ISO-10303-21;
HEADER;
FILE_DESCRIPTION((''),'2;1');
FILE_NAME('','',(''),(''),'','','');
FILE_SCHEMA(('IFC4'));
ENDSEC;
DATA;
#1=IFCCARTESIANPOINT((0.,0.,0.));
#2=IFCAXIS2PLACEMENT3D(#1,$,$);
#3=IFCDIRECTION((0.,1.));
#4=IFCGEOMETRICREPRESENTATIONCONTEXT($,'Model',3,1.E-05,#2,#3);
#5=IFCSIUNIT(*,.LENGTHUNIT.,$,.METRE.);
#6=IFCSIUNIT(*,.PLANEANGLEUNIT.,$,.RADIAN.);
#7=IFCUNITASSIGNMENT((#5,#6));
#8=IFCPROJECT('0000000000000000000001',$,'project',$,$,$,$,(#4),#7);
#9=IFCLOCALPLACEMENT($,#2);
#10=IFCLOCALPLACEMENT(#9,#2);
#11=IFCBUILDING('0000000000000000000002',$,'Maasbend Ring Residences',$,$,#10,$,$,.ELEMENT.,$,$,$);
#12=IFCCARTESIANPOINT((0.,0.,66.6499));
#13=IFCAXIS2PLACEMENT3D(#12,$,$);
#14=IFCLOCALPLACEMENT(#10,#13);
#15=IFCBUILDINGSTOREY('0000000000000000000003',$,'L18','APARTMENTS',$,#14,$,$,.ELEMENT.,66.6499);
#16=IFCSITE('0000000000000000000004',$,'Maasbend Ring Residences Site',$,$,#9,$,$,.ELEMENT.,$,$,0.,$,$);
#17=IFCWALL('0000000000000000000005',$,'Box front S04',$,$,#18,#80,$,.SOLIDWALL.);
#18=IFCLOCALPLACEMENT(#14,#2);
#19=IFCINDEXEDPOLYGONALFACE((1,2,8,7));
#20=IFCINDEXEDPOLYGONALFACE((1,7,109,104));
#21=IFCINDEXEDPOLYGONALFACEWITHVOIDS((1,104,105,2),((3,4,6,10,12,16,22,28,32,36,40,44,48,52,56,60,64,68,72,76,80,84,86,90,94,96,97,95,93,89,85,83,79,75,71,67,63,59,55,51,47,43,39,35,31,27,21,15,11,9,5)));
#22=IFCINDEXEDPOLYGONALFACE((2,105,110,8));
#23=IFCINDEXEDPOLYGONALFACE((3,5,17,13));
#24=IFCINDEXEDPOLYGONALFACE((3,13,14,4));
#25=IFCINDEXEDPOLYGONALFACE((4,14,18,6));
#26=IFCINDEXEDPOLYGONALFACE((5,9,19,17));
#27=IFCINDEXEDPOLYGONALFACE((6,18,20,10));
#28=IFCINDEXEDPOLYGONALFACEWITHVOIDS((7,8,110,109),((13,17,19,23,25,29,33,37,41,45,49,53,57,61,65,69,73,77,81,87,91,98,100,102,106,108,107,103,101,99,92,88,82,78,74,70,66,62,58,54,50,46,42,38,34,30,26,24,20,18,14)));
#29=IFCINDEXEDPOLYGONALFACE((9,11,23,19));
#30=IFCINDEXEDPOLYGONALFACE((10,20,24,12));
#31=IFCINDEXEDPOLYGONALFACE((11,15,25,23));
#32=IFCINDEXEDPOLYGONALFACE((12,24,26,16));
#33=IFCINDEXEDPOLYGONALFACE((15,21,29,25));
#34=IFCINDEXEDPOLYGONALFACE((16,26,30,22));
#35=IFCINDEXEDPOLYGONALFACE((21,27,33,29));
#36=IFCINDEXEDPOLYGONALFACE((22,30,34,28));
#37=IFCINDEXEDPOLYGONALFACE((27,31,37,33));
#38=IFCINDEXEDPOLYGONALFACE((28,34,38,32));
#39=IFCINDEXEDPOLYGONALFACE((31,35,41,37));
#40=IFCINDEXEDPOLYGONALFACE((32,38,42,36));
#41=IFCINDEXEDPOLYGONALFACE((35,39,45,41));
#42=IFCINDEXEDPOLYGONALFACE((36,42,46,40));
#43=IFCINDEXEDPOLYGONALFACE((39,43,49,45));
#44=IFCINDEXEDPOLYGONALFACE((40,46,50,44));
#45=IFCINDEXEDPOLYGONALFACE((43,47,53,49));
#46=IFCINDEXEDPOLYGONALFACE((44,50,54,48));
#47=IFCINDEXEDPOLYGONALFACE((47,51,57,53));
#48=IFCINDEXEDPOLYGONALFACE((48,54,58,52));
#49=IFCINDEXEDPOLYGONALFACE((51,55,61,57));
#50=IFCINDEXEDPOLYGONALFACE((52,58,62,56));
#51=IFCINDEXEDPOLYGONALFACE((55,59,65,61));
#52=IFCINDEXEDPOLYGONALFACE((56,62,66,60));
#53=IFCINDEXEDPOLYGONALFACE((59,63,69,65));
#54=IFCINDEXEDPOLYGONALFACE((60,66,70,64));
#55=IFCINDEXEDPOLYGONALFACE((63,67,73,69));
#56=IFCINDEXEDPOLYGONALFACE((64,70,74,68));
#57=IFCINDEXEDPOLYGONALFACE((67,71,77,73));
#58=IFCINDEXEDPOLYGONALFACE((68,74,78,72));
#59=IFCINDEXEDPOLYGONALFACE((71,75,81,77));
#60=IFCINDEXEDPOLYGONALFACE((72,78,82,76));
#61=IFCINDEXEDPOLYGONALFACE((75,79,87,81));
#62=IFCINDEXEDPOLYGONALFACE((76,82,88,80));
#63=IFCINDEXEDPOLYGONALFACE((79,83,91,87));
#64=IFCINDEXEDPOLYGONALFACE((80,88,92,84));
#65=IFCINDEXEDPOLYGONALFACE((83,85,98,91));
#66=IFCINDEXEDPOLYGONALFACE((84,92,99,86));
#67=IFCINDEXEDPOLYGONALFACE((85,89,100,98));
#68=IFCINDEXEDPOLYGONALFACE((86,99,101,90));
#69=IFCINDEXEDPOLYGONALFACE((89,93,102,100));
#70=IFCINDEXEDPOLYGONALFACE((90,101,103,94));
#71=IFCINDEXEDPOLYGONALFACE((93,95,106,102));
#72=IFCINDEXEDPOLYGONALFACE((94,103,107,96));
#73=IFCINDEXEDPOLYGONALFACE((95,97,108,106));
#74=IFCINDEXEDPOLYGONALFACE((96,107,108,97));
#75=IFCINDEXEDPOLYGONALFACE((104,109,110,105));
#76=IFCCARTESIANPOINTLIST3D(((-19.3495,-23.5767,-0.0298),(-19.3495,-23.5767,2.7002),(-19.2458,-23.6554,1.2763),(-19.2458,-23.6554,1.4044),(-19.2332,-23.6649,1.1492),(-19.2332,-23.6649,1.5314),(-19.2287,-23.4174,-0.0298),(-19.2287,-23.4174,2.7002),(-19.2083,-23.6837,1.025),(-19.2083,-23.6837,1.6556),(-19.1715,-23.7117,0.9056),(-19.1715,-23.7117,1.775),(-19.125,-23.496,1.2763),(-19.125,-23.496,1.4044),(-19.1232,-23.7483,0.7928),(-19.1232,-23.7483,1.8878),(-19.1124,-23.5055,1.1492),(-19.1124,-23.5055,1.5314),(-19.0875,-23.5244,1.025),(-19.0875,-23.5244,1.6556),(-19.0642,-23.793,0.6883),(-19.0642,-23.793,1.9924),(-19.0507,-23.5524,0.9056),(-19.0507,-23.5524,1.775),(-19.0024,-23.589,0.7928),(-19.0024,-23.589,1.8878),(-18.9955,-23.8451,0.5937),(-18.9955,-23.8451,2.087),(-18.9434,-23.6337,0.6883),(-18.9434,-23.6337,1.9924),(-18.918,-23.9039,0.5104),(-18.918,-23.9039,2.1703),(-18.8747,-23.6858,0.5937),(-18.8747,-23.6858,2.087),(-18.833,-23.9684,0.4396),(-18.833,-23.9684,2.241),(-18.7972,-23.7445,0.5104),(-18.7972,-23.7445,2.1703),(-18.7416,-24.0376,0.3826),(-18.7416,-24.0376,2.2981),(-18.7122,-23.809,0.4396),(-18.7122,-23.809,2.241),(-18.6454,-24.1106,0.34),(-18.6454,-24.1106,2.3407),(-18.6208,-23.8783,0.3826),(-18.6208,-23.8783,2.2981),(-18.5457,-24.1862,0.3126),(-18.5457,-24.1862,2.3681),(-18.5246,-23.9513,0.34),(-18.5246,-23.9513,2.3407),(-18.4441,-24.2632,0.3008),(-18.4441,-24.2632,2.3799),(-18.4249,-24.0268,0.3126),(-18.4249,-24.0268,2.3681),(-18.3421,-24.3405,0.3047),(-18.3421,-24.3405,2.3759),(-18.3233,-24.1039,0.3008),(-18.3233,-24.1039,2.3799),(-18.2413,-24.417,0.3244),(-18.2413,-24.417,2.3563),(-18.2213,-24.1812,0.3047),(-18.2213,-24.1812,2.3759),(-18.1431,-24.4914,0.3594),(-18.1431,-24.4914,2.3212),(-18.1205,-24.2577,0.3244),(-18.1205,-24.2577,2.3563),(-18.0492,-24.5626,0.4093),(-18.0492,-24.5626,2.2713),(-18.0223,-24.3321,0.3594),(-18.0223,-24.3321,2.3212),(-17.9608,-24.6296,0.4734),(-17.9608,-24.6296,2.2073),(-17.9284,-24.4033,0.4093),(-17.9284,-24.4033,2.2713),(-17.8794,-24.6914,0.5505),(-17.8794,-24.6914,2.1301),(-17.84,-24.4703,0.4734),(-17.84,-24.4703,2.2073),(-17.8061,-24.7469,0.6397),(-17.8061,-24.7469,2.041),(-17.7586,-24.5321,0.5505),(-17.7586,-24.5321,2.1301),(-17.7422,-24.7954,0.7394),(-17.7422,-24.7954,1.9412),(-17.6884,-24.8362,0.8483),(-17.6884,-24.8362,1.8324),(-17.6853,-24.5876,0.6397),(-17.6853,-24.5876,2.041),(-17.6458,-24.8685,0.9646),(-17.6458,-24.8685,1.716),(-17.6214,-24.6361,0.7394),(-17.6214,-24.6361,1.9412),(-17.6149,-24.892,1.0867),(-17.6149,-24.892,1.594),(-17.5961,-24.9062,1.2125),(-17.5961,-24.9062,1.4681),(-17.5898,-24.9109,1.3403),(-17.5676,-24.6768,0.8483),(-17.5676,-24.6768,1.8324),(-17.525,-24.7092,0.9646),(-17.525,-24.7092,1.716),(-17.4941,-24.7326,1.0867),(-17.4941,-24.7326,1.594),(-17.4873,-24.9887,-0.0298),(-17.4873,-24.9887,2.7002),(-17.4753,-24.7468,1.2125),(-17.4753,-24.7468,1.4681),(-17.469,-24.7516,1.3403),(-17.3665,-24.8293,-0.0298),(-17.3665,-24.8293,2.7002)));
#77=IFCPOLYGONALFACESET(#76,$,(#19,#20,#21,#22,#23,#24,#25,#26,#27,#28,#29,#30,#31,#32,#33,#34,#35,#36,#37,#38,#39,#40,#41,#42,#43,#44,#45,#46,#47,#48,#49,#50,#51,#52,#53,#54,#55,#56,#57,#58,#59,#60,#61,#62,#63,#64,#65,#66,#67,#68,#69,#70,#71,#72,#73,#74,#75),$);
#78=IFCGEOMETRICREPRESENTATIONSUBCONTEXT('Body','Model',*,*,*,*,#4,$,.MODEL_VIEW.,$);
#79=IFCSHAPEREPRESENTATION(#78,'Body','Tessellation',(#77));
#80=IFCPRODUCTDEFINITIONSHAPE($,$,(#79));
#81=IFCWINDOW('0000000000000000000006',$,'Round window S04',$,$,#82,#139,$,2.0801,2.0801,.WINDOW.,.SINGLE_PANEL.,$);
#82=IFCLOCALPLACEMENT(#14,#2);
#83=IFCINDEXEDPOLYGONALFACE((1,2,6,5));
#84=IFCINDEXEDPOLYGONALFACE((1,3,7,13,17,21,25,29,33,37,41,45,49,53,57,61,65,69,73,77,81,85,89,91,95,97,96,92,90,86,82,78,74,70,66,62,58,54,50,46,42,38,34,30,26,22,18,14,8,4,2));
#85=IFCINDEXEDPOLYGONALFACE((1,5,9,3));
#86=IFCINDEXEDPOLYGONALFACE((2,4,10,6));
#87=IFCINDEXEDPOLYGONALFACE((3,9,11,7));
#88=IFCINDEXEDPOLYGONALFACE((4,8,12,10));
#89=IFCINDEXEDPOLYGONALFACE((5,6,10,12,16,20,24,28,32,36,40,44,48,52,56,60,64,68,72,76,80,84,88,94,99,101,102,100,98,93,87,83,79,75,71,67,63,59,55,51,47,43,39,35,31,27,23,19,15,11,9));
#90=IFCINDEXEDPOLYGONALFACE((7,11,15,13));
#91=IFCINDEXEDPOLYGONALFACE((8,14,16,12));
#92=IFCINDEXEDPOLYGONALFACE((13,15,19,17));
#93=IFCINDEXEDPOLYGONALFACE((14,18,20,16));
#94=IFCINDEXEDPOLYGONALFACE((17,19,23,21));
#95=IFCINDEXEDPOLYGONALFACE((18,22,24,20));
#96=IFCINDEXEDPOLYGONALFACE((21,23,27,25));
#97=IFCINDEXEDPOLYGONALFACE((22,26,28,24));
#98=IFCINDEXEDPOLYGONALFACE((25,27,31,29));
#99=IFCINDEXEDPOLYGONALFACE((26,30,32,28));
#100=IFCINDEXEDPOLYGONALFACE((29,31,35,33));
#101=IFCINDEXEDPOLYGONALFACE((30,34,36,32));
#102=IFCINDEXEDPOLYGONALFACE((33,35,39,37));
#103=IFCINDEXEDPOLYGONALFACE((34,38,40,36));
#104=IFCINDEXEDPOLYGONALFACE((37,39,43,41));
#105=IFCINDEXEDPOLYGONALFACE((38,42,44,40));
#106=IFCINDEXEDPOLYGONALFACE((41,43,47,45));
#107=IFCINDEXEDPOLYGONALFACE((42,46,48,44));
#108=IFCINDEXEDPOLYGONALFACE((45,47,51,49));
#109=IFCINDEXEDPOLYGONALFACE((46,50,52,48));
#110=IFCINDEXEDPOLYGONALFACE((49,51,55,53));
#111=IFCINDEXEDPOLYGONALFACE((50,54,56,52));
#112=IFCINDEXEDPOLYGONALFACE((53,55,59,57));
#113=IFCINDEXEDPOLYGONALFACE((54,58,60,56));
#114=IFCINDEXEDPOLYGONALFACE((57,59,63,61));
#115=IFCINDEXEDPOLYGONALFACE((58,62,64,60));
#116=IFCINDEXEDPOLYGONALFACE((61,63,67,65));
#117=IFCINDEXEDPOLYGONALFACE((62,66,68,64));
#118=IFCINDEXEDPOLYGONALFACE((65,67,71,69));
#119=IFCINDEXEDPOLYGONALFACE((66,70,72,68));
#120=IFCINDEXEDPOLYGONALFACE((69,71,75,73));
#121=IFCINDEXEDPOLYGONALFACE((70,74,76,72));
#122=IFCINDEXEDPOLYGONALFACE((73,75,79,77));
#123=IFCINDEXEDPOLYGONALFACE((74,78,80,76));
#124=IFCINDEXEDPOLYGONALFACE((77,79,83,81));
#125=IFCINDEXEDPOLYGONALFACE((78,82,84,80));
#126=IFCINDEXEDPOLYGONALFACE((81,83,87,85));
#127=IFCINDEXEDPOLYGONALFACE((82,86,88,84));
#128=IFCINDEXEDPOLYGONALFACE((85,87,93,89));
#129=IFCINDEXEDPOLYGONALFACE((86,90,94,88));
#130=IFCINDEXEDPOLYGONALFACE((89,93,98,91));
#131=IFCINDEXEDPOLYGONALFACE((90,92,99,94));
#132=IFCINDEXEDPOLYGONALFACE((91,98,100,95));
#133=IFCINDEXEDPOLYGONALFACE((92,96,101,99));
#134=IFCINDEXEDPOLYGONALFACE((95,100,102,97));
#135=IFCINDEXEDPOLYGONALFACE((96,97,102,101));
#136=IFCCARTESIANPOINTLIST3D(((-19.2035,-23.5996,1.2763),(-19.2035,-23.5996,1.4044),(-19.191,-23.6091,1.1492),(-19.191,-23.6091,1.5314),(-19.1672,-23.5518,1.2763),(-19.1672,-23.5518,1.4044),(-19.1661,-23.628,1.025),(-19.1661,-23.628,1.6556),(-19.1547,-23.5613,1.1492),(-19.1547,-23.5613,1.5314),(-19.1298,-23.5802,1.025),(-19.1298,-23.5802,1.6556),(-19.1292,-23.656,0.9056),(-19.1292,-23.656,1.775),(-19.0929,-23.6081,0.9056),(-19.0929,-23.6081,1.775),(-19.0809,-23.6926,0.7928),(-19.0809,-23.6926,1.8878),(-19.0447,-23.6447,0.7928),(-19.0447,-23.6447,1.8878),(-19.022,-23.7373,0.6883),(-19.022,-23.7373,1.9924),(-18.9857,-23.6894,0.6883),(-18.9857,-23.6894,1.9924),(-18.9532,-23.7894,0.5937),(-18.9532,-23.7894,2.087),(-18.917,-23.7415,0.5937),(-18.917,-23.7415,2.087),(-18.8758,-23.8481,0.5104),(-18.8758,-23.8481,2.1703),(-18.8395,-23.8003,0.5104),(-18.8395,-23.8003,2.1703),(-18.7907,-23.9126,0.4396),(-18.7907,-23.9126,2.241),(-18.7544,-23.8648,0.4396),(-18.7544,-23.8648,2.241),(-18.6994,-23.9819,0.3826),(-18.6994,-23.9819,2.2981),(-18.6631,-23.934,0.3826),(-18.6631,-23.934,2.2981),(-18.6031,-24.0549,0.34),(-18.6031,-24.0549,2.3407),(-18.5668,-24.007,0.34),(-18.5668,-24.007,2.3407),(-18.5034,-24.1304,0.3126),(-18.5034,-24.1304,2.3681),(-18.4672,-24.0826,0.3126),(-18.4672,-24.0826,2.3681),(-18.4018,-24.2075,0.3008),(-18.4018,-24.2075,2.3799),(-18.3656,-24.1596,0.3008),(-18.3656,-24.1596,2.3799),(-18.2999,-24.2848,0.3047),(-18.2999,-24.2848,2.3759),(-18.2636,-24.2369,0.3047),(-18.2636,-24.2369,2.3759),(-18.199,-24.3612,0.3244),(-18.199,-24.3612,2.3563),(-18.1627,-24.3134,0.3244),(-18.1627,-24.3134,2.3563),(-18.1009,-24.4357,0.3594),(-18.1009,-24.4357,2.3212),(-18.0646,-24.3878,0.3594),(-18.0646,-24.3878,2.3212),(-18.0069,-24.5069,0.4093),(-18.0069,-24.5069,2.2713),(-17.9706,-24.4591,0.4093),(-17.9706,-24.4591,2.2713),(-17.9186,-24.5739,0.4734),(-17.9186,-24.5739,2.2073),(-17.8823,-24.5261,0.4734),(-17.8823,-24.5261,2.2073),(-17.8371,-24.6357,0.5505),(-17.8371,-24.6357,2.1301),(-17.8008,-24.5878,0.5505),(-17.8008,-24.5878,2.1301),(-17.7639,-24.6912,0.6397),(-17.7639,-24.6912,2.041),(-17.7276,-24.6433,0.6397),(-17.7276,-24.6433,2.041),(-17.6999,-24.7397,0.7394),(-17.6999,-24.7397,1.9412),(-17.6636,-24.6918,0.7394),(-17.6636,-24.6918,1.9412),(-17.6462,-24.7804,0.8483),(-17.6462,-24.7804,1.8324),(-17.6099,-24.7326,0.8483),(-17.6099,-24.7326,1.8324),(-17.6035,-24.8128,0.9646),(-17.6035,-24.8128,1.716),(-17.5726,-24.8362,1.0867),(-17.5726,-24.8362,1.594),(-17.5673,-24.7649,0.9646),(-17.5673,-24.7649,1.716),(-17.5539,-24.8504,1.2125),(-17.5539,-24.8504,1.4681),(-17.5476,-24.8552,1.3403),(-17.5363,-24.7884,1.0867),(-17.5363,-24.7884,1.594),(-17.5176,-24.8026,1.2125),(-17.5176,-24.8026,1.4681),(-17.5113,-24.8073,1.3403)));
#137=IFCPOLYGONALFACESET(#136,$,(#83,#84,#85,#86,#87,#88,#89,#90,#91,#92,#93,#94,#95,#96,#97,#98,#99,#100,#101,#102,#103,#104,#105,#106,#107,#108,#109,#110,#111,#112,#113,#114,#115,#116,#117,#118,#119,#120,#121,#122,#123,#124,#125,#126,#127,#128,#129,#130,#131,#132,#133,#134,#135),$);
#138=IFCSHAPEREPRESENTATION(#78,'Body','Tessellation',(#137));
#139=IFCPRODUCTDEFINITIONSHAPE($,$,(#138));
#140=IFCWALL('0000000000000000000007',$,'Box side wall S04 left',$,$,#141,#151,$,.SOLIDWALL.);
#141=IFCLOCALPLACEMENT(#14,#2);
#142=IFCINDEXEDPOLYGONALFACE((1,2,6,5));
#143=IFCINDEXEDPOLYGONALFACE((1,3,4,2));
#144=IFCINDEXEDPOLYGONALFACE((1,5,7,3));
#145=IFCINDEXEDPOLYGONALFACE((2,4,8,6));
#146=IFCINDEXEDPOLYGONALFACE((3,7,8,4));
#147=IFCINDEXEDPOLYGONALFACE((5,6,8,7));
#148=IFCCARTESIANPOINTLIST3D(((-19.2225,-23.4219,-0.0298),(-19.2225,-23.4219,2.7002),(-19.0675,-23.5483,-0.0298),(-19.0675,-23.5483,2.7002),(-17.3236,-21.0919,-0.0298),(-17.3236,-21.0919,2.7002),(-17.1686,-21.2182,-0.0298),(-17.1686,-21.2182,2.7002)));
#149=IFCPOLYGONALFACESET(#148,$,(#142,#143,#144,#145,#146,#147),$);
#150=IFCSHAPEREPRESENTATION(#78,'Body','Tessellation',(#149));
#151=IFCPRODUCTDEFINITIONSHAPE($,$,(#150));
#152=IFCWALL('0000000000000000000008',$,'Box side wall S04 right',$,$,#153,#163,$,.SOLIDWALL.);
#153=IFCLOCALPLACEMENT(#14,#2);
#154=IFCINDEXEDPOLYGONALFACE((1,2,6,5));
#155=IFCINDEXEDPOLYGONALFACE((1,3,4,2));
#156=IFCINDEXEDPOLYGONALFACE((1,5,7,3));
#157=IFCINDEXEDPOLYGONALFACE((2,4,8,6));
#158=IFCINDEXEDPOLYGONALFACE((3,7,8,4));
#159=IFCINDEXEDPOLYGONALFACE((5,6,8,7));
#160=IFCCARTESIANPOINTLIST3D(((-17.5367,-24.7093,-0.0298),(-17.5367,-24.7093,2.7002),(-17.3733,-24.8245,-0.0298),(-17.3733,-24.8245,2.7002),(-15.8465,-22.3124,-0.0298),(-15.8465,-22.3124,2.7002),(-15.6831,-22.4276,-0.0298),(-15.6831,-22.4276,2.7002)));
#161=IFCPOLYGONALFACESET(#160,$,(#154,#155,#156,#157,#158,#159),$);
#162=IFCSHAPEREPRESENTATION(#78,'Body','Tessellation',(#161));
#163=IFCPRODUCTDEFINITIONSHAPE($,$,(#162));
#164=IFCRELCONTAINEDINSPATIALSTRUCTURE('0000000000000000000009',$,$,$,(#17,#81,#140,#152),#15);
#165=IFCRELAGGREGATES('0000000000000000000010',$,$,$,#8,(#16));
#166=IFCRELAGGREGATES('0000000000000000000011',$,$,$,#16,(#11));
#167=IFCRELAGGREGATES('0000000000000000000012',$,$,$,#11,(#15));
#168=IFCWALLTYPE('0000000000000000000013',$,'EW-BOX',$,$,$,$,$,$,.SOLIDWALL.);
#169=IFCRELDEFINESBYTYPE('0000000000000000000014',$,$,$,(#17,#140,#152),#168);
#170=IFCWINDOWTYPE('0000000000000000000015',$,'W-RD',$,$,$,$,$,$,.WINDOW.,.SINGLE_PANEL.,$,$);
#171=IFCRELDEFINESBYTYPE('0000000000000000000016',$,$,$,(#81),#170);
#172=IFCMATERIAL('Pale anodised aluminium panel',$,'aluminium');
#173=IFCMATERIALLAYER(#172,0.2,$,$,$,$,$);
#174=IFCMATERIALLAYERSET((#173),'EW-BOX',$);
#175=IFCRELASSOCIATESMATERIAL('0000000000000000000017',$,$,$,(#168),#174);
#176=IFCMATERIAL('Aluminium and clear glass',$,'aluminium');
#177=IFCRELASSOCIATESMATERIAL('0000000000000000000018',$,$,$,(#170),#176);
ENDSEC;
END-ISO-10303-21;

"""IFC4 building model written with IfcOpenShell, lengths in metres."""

from ifc_helpers import new_model, si_unit, direction, frame, frame_2d, origin, place, context, subcontext, project, spatial, rectangle, circle, extrude, material, layer, layer_set, type_object, element, fill, save


model = new_model("IFC4")

# Units and contexts
model_context = context("Model", 3, precision=1e-05, world=origin(), true_north=direction((0.0, 1.0)))
body_context = subcontext(model_context, "Body", "Model", "MODEL_VIEW")
ifc_project = project(units=[si_unit("LENGTHUNIT", "METRE"), si_unit("PLANEANGLEUNIT", "RADIAN")], contexts=[model_context])

# Site, building, storey
site_placement = place(None, origin())
site = spatial("IfcSite", under=ifc_project, at=site_placement, Name="Maasbend Ring Residences Site", CompositionType="ELEMENT", RefElevation=0.0)
building_placement = place(site_placement, origin())
building = spatial("IfcBuilding", under=site, at=building_placement, Name="Maasbend Ring Residences", CompositionType="ELEMENT")
storey_placement = place(building_placement, frame((0.0, 0.0, 66.6499)))
storey = spatial("IfcBuildingStorey", under=building, at=storey_placement, Name="L18", Description="APARTMENTS", CompositionType="ELEMENT", Elevation=66.6499)

# Shared definitions
ifc_material_1 = material(Name="Pale anodised aluminium panel", Category="aluminium")
ifc_layer_1 = layer(ifc_material_1, 0.2)
ifc_layer_set_1 = layer_set([ifc_layer_1], Name="EW-BOX")
wall_type_1 = type_object("IfcWallType", Name="EW-BOX", PredefinedType="SOLIDWALL", material=ifc_layer_set_1)
ifc_material_2 = material(Name="Aluminium and clear glass", Category="aluminium")
window_type_1 = type_object("IfcWindowType", Name="W-RD", PartitioningType="SINGLE_PANEL", PredefinedType="WINDOW", material=ifc_material_2)

# Wall, opening, window
wall_1_placement = place(storey_placement, frame((-19.2891, -23.4971, -0.0298), z_axis=(0.0, 0.0, 1.0), x_axis=(0.796842, -0.604188, 0.0)))
wall_1 = element("IfcWall", 1, at=wall_1_placement, inside=storey, type_object=wall_type_1, Name="Box front S04", PredefinedType="SOLIDWALL", context=body_context, shape_type="SweptSolid", body=[
    extrude(rectangle(XDim=2.3369, YDim=0.2, at=frame_2d((1.1685, 0.0))), origin(), (0.0, 0.0, 1.0), 2.73),
])
opening_1_placement = place(wall_1_placement, frame((0.1282, 0.0, 0.3301)))
opening_1 = element("IfcOpeningElement", 2, at=opening_1_placement, cuts=wall_1, PredefinedType="OPENING", context=body_context, shape_type="SweptSolid", body=[
    extrude(circle(Radius=1.04, at=frame_2d((1.04, 1.04))), frame((0.0, 0.1099, 0.0), z_axis=(0.0, -1.0, 0.0), x_axis=(1.0, 0.0, 0.0)), (0.0, 0.0, 1.0), 0.22),
])
window_1_placement = place(opening_1_placement, origin())
window_1 = element("IfcWindow", 3, at=window_1_placement, inside=storey, type_object=window_type_1, Name="Round window S04", OverallHeight=2.0801, OverallWidth=2.0801, PartitioningType="SINGLE_PANEL", PredefinedType="WINDOW", context=body_context, shape_type="SweptSolid", body=[
    extrude(circle(Radius=1.04, at=frame_2d((1.04, 1.04))), frame((0.0, 0.03, 0.0), z_axis=(0.0, -1.0, 0.0), x_axis=(1.0, 0.0, 0.0)), (0.0, 0.0, 1.0), 0.0601),
])
fill(opening_1, window_1)

# Walls
wall_2_placement = place(storey_placement, frame((-17.2461, -21.155, -0.0298), z_axis=(0.0, 0.0, 1.0), x_axis=(-0.631742, -0.775179, 0.0)))
element("IfcWall", 4, at=wall_2_placement, inside=storey, type_object=wall_type_1, Name="Box side wall S04 left", PredefinedType="SOLIDWALL", context=body_context, shape_type="SweptSolid", body=[
    extrude(rectangle(XDim=3.0059, YDim=0.2, at=frame_2d((1.5029, 0.0))), origin(), (0.0, 0.0, 1.0), 2.73),
])
wall_3_placement = place(storey_placement, frame((-15.7649, -22.3701, -0.0298), z_axis=(0.0, 0.0, 1.0), x_axis=(-0.576275, -0.817256, 0.0)))
element("IfcWall", 5, at=wall_3_placement, inside=storey, type_object=wall_type_1, Name="Box side wall S04 right", PredefinedType="SOLIDWALL", context=body_context, shape_type="SweptSolid", body=[
    extrude(rectangle(XDim=2.9329, YDim=0.2, at=frame_2d((1.4663, 0.0))), origin(), (0.0, 0.0, 1.0), 2.73),
])

save(model, "model.ifc")
